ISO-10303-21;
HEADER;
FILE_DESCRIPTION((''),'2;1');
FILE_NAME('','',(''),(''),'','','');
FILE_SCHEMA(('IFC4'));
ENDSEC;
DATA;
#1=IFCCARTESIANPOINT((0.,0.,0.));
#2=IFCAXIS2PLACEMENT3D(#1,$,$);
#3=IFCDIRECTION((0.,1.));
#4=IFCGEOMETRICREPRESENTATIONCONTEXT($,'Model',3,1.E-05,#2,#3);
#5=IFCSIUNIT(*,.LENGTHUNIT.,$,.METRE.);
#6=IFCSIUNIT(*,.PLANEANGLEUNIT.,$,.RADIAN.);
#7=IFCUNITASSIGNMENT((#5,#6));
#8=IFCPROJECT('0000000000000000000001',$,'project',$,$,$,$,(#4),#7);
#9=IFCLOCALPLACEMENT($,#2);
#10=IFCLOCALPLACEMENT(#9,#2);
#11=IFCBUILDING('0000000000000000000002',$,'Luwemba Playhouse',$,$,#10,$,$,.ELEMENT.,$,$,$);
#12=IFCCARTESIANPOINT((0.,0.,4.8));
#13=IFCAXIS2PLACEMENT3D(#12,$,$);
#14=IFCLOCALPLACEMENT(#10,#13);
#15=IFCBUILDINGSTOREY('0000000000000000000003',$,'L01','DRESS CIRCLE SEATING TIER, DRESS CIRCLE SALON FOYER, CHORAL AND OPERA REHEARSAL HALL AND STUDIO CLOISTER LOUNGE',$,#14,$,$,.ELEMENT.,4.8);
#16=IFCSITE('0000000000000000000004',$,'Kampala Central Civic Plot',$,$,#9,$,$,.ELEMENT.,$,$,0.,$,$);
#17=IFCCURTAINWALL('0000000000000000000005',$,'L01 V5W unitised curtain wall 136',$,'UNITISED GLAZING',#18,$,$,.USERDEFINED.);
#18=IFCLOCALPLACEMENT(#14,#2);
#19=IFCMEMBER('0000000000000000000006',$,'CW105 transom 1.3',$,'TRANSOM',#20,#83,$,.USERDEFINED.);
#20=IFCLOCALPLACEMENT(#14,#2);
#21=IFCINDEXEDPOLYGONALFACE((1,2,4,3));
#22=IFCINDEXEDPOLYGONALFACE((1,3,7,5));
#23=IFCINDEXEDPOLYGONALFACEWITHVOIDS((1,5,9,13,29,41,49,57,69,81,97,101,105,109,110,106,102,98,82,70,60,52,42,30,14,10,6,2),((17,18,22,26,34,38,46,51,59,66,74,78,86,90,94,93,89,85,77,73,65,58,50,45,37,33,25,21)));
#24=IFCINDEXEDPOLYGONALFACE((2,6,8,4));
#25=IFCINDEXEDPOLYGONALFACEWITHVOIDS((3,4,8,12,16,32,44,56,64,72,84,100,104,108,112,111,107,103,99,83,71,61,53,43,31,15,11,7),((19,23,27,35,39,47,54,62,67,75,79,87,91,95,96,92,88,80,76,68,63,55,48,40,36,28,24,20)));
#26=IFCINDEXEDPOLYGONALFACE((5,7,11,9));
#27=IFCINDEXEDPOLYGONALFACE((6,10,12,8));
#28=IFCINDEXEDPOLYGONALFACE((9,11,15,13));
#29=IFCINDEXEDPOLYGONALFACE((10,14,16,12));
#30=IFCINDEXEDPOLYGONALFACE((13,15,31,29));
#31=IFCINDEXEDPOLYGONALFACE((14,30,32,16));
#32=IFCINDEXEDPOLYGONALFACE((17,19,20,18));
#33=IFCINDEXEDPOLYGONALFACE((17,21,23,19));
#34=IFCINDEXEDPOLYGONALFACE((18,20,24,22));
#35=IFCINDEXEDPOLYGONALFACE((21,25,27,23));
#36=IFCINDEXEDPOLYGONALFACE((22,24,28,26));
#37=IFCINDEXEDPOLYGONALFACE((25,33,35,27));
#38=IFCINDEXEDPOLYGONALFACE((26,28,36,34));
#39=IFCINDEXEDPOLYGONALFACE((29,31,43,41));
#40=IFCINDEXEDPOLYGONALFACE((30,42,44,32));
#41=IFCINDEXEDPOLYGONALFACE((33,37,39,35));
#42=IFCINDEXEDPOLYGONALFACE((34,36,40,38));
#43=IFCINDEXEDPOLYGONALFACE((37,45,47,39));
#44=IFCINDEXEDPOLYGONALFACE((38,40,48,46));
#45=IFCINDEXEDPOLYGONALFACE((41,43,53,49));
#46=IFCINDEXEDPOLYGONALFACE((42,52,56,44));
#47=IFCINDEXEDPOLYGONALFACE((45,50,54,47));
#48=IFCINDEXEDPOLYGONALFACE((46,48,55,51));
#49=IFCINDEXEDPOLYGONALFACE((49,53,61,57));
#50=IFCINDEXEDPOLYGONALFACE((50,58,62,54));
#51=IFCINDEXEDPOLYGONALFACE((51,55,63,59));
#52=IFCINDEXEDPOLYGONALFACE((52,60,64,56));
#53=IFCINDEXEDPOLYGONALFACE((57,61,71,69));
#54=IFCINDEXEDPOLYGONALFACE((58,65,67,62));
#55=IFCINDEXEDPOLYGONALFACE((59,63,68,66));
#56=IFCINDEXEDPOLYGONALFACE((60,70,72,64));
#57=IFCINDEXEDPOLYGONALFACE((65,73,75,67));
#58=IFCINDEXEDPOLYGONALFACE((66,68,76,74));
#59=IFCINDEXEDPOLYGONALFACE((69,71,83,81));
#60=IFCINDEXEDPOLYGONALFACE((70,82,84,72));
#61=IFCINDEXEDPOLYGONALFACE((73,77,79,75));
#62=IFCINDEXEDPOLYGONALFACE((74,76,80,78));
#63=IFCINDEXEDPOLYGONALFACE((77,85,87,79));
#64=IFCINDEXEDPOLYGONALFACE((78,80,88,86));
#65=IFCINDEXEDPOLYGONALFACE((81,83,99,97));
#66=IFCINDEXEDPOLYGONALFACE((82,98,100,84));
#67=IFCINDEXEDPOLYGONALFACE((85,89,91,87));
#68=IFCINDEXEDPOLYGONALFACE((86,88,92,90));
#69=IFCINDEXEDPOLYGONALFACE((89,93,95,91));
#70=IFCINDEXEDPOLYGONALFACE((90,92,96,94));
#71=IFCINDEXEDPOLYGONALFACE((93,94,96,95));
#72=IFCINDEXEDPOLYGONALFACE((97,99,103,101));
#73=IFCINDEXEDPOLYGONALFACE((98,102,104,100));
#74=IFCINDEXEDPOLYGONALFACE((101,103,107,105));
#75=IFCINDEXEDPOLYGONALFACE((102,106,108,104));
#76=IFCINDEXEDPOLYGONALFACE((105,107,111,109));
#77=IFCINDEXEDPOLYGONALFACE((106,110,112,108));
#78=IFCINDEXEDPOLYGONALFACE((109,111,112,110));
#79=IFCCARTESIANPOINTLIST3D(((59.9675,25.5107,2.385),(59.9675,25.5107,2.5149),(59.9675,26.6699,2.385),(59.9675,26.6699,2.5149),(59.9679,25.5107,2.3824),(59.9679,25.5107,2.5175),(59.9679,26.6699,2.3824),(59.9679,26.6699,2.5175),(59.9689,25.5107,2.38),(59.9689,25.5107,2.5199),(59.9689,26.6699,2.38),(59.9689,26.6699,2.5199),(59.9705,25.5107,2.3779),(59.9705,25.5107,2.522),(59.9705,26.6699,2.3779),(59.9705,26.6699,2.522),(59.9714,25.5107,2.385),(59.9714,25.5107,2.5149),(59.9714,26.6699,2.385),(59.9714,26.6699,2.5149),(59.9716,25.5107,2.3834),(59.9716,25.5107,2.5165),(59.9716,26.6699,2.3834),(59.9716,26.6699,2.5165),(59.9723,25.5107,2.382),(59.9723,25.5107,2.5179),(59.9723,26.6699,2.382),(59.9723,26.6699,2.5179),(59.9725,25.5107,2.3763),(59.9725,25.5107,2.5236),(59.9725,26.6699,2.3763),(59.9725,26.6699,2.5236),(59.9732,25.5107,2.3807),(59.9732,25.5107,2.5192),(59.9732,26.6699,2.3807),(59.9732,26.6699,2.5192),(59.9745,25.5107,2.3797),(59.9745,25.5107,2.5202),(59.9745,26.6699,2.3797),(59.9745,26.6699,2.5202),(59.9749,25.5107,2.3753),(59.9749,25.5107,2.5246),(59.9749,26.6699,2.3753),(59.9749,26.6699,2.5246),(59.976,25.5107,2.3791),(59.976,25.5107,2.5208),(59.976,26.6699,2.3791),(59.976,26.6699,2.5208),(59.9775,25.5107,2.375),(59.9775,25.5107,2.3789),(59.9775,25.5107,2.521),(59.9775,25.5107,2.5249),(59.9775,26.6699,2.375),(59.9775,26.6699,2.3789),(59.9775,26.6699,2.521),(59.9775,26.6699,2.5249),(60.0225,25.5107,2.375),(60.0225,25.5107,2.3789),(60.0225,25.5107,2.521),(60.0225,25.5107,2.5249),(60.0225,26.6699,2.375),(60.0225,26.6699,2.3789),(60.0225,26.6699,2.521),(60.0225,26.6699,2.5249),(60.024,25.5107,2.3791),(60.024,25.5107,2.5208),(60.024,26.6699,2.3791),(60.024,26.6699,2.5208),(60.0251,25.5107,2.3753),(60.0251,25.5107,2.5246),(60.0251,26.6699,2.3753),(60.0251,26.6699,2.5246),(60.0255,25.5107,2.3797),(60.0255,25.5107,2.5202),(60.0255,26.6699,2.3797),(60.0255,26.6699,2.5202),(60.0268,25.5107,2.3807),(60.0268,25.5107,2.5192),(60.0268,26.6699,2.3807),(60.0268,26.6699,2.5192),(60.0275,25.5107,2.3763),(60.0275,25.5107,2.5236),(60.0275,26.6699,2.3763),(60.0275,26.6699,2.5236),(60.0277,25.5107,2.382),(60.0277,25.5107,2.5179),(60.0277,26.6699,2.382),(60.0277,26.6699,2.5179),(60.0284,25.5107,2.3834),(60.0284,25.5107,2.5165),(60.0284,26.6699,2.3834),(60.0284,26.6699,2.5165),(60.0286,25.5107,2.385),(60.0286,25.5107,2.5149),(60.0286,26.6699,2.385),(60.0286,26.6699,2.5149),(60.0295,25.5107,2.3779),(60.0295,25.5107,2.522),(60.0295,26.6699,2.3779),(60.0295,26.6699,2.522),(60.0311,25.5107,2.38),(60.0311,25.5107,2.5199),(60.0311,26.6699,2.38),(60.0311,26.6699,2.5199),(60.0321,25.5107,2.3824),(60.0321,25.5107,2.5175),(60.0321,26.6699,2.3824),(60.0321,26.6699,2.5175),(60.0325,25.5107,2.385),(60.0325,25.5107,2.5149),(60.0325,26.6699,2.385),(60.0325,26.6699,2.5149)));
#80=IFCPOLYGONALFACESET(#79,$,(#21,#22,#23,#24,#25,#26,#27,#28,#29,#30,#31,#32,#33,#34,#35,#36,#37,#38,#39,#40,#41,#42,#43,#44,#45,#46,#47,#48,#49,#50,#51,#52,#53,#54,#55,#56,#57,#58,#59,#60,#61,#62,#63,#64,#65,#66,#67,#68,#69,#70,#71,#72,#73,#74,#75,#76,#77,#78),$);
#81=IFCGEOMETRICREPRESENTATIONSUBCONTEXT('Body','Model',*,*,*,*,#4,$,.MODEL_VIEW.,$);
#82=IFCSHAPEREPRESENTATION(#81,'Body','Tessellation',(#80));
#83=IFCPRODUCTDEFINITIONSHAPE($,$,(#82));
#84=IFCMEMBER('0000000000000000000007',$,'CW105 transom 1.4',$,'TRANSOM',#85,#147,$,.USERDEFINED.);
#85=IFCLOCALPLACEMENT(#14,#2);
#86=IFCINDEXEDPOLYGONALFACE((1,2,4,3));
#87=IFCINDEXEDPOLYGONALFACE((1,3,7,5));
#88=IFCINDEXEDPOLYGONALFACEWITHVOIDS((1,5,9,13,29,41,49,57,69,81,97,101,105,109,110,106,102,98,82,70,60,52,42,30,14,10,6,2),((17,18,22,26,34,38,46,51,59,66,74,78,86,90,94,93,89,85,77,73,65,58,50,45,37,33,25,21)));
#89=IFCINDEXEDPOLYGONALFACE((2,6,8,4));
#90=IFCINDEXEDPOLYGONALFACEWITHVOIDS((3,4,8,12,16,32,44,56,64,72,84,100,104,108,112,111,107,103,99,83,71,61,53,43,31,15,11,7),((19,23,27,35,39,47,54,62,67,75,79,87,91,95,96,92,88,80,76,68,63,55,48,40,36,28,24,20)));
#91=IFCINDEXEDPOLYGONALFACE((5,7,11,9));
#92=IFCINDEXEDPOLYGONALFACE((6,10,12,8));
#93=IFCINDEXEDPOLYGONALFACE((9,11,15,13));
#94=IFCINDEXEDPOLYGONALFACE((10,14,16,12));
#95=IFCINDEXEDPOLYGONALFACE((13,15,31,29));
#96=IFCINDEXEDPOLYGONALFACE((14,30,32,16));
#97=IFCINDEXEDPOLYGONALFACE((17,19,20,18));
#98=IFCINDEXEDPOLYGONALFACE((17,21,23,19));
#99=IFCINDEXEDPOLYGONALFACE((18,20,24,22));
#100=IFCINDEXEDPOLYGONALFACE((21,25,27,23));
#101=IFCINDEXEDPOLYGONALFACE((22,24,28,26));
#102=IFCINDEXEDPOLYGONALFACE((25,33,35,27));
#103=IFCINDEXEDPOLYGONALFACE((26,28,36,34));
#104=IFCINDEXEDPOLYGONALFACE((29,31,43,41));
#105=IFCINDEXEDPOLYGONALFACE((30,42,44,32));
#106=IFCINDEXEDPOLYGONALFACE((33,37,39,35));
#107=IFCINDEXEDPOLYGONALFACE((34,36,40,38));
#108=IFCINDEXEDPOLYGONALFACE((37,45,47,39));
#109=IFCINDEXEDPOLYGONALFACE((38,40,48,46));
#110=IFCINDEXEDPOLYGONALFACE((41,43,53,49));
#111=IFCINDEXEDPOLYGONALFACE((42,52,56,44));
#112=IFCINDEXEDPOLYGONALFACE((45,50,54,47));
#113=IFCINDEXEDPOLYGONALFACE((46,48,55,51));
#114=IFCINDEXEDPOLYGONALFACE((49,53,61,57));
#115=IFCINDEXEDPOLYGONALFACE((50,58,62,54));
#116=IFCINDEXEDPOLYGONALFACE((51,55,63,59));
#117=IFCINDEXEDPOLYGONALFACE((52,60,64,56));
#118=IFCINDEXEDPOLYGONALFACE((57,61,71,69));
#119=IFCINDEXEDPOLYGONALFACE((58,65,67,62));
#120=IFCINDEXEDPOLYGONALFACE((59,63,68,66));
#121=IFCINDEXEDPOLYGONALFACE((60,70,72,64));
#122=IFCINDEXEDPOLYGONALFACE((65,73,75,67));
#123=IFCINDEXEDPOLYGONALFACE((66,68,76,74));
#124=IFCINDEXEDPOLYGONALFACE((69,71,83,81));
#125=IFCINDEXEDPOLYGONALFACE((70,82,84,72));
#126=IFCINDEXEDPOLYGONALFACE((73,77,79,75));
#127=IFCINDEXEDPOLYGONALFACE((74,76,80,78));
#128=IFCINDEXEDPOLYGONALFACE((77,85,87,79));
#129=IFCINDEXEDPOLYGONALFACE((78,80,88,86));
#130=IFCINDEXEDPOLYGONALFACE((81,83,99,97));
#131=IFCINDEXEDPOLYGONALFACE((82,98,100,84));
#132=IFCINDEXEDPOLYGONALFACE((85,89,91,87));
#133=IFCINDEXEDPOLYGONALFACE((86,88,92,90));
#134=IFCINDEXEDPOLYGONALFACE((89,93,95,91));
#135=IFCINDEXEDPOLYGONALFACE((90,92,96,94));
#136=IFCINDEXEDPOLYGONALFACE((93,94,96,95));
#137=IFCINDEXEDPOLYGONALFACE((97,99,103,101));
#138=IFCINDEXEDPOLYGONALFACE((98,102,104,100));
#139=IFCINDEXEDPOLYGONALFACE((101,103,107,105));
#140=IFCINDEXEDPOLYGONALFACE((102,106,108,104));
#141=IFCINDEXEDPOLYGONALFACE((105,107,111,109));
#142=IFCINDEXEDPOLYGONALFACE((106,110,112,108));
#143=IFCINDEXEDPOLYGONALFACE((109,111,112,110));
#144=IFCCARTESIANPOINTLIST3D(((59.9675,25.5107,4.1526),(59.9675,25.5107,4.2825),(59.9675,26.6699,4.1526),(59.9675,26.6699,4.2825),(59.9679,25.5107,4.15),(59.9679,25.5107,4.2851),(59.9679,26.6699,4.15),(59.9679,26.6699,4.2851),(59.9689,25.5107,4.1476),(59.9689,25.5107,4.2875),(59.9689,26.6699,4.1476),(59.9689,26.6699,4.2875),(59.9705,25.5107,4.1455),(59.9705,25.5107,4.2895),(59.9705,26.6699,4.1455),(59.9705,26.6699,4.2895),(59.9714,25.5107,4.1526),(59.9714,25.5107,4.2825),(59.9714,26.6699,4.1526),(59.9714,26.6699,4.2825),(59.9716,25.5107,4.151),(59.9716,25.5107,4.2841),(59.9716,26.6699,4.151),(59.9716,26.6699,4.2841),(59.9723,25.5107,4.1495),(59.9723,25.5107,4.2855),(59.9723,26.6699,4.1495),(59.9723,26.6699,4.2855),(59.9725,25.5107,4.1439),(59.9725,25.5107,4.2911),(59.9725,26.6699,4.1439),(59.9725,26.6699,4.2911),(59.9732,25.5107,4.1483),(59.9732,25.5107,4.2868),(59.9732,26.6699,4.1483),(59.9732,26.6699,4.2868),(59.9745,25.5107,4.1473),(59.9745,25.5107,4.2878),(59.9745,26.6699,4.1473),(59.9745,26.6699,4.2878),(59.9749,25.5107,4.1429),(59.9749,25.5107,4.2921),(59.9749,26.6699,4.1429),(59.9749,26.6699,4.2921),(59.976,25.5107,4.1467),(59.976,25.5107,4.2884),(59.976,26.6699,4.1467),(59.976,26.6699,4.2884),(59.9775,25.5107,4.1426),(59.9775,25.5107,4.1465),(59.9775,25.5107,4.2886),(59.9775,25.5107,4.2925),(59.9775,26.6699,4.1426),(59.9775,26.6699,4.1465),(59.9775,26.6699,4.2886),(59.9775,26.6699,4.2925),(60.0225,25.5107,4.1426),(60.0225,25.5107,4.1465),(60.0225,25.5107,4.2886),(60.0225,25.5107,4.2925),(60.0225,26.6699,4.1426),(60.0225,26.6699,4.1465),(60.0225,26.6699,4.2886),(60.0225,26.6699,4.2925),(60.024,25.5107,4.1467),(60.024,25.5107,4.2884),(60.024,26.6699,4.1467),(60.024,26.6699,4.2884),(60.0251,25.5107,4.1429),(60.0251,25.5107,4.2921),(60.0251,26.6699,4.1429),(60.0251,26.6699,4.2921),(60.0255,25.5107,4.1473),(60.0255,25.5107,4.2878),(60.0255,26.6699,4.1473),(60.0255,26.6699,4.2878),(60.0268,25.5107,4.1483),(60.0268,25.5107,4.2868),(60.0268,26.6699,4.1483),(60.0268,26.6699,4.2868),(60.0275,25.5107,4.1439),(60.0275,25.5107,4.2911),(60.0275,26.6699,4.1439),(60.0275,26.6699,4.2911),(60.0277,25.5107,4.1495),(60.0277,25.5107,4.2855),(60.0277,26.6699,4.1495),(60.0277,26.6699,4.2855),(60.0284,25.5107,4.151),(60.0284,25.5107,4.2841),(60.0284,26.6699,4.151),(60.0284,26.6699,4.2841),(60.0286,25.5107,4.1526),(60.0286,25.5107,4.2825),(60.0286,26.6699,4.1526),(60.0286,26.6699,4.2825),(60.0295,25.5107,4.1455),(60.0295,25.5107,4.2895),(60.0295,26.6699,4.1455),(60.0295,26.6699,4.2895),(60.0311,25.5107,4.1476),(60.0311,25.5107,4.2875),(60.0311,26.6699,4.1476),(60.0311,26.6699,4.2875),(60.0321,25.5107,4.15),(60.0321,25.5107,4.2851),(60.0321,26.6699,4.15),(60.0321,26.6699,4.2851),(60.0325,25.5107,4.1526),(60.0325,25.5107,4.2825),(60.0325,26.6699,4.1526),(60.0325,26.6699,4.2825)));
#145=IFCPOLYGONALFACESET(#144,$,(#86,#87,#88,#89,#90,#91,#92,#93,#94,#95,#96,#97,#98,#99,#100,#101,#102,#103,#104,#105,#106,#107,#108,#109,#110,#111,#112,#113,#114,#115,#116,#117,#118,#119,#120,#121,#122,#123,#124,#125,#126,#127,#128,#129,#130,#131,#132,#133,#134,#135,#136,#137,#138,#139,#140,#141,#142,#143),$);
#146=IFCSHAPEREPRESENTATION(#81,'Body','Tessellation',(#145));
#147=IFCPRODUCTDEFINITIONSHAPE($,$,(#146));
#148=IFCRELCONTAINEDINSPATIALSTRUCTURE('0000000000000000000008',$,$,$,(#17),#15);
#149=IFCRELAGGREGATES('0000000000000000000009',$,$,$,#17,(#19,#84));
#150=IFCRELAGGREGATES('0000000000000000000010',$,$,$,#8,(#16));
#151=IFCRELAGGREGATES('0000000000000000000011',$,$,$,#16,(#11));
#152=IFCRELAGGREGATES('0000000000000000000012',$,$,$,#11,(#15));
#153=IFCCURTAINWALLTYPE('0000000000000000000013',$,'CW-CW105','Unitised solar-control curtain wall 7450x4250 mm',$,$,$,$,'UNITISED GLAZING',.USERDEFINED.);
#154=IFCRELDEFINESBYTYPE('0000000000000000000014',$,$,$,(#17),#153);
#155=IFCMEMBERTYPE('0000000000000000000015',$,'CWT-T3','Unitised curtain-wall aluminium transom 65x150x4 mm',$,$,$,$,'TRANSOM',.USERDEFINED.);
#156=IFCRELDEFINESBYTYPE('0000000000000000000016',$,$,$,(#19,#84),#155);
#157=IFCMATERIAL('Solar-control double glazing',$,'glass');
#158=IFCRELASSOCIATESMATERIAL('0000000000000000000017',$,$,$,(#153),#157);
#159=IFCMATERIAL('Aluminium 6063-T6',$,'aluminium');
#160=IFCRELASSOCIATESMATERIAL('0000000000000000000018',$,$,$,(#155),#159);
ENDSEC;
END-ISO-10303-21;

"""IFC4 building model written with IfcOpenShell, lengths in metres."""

from ifc_helpers import new_model, si_unit, direction, frame, origin, origin_2d, place, context, subcontext, project, spatial, hollow_rectangle, extrude, material, material_profile, profile_set, type_object, element, aggregate, save


model = new_model("IFC4")

# Units and contexts
model_context = context("Model", 3, precision=1e-05, world=origin(), true_north=direction((0.0, 1.0)))
body_context = subcontext(model_context, "Body", "Model", "MODEL_VIEW")
ifc_project = project(units=[si_unit("LENGTHUNIT", "METRE"), si_unit("PLANEANGLEUNIT", "RADIAN")], contexts=[model_context])

# Site, building, storey
site_placement = place(None, origin())
site = spatial("IfcSite", under=ifc_project, at=site_placement, Name="Kampala Central Civic Plot", CompositionType="ELEMENT", RefElevation=0.0)
building_placement = place(site_placement, origin())
building = spatial("IfcBuilding", under=site, at=building_placement, Name="Luwemba Playhouse", CompositionType="ELEMENT")
storey_placement = place(building_placement, frame((0.0, 0.0, 4.8)))
storey = spatial("IfcBuildingStorey", under=building, at=storey_placement, Name="L01", Description="DRESS CIRCLE SEATING TIER, DRESS CIRCLE SALON FOYER, CHORAL AND OPERA REHEARSAL HALL AND STUDIO CLOISTER LOUNGE", CompositionType="ELEMENT", Elevation=4.8)

# Curtain wall, members
ifc_material_1 = material(Name="Solar-control double glazing", Category="glass")
curtain_wall_type = type_object("IfcCurtainWallType", Name="CW-CW105", Description="Unitised solar-control curtain wall 7450x4250 mm", ElementType="UNITISED GLAZING", PredefinedType="USERDEFINED", material=ifc_material_1)
curtain_wall_placement = place(storey_placement, origin())
curtain_wall = element("IfcCurtainWall", 1, at=curtain_wall_placement, inside=storey, type_object=curtain_wall_type, Name="L01 V5W unitised curtain wall 136", ObjectType="UNITISED GLAZING", PredefinedType="USERDEFINED")
ifc_material_2 = material(Name="Aluminium 6063-T6", Category="aluminium")
ifc_material_profile_1 = material_profile(ifc_material_2, hollow_rectangle(XDim=0.0649, YDim=0.1499, WallThickness=0.0039, InnerFilletRadius=0.0061, OuterFilletRadius=0.01, at=origin_2d()))
ifc_profile_set_1 = profile_set([ifc_material_profile_1], Name="Aluminium 6063-T6")
member_type_1 = type_object("IfcMemberType", Name="CWT-T3", Description="Unitised curtain-wall aluminium transom 65x150x4 mm", ElementType="TRANSOM", PredefinedType="USERDEFINED", material=ifc_profile_set_1)
member_1_placement = place(storey_placement, frame((60.0, 26.6699, 2.45), z_axis=(0.0, -1.0, 0.0), x_axis=(1.0, 0.0, 0.0)))
member_1 = element("IfcMember", 2, at=member_1_placement, type_object=member_type_1, Name="CW105 transom 1.3", ObjectType="TRANSOM", PredefinedType="USERDEFINED", context=body_context, shape_type="SweptSolid", body=[
    extrude(hollow_rectangle(XDim=0.0649, YDim=0.1499, WallThickness=0.0039, InnerFilletRadius=0.0061, OuterFilletRadius=0.01, at=origin_2d()), origin(), (0.0, 0.0, 1.0), 1.1592),
])
member_2_placement = place(storey_placement, frame((60.0, 26.6699, 4.2175), z_axis=(0.0, -1.0, 0.0), x_axis=(1.0, 0.0, 0.0)))
member_2 = element("IfcMember", 3, at=member_2_placement, type_object=member_type_1, Name="CW105 transom 1.4", ObjectType="TRANSOM", PredefinedType="USERDEFINED", context=body_context, shape_type="SweptSolid", body=[
    extrude(hollow_rectangle(XDim=0.0649, YDim=0.1499, WallThickness=0.0039, InnerFilletRadius=0.0061, OuterFilletRadius=0.01, at=origin_2d()), origin(), (0.0, 0.0, 1.0), 1.1592),
])
aggregate(curtain_wall, [member_1, member_2])

save(model, "model.ifc")
